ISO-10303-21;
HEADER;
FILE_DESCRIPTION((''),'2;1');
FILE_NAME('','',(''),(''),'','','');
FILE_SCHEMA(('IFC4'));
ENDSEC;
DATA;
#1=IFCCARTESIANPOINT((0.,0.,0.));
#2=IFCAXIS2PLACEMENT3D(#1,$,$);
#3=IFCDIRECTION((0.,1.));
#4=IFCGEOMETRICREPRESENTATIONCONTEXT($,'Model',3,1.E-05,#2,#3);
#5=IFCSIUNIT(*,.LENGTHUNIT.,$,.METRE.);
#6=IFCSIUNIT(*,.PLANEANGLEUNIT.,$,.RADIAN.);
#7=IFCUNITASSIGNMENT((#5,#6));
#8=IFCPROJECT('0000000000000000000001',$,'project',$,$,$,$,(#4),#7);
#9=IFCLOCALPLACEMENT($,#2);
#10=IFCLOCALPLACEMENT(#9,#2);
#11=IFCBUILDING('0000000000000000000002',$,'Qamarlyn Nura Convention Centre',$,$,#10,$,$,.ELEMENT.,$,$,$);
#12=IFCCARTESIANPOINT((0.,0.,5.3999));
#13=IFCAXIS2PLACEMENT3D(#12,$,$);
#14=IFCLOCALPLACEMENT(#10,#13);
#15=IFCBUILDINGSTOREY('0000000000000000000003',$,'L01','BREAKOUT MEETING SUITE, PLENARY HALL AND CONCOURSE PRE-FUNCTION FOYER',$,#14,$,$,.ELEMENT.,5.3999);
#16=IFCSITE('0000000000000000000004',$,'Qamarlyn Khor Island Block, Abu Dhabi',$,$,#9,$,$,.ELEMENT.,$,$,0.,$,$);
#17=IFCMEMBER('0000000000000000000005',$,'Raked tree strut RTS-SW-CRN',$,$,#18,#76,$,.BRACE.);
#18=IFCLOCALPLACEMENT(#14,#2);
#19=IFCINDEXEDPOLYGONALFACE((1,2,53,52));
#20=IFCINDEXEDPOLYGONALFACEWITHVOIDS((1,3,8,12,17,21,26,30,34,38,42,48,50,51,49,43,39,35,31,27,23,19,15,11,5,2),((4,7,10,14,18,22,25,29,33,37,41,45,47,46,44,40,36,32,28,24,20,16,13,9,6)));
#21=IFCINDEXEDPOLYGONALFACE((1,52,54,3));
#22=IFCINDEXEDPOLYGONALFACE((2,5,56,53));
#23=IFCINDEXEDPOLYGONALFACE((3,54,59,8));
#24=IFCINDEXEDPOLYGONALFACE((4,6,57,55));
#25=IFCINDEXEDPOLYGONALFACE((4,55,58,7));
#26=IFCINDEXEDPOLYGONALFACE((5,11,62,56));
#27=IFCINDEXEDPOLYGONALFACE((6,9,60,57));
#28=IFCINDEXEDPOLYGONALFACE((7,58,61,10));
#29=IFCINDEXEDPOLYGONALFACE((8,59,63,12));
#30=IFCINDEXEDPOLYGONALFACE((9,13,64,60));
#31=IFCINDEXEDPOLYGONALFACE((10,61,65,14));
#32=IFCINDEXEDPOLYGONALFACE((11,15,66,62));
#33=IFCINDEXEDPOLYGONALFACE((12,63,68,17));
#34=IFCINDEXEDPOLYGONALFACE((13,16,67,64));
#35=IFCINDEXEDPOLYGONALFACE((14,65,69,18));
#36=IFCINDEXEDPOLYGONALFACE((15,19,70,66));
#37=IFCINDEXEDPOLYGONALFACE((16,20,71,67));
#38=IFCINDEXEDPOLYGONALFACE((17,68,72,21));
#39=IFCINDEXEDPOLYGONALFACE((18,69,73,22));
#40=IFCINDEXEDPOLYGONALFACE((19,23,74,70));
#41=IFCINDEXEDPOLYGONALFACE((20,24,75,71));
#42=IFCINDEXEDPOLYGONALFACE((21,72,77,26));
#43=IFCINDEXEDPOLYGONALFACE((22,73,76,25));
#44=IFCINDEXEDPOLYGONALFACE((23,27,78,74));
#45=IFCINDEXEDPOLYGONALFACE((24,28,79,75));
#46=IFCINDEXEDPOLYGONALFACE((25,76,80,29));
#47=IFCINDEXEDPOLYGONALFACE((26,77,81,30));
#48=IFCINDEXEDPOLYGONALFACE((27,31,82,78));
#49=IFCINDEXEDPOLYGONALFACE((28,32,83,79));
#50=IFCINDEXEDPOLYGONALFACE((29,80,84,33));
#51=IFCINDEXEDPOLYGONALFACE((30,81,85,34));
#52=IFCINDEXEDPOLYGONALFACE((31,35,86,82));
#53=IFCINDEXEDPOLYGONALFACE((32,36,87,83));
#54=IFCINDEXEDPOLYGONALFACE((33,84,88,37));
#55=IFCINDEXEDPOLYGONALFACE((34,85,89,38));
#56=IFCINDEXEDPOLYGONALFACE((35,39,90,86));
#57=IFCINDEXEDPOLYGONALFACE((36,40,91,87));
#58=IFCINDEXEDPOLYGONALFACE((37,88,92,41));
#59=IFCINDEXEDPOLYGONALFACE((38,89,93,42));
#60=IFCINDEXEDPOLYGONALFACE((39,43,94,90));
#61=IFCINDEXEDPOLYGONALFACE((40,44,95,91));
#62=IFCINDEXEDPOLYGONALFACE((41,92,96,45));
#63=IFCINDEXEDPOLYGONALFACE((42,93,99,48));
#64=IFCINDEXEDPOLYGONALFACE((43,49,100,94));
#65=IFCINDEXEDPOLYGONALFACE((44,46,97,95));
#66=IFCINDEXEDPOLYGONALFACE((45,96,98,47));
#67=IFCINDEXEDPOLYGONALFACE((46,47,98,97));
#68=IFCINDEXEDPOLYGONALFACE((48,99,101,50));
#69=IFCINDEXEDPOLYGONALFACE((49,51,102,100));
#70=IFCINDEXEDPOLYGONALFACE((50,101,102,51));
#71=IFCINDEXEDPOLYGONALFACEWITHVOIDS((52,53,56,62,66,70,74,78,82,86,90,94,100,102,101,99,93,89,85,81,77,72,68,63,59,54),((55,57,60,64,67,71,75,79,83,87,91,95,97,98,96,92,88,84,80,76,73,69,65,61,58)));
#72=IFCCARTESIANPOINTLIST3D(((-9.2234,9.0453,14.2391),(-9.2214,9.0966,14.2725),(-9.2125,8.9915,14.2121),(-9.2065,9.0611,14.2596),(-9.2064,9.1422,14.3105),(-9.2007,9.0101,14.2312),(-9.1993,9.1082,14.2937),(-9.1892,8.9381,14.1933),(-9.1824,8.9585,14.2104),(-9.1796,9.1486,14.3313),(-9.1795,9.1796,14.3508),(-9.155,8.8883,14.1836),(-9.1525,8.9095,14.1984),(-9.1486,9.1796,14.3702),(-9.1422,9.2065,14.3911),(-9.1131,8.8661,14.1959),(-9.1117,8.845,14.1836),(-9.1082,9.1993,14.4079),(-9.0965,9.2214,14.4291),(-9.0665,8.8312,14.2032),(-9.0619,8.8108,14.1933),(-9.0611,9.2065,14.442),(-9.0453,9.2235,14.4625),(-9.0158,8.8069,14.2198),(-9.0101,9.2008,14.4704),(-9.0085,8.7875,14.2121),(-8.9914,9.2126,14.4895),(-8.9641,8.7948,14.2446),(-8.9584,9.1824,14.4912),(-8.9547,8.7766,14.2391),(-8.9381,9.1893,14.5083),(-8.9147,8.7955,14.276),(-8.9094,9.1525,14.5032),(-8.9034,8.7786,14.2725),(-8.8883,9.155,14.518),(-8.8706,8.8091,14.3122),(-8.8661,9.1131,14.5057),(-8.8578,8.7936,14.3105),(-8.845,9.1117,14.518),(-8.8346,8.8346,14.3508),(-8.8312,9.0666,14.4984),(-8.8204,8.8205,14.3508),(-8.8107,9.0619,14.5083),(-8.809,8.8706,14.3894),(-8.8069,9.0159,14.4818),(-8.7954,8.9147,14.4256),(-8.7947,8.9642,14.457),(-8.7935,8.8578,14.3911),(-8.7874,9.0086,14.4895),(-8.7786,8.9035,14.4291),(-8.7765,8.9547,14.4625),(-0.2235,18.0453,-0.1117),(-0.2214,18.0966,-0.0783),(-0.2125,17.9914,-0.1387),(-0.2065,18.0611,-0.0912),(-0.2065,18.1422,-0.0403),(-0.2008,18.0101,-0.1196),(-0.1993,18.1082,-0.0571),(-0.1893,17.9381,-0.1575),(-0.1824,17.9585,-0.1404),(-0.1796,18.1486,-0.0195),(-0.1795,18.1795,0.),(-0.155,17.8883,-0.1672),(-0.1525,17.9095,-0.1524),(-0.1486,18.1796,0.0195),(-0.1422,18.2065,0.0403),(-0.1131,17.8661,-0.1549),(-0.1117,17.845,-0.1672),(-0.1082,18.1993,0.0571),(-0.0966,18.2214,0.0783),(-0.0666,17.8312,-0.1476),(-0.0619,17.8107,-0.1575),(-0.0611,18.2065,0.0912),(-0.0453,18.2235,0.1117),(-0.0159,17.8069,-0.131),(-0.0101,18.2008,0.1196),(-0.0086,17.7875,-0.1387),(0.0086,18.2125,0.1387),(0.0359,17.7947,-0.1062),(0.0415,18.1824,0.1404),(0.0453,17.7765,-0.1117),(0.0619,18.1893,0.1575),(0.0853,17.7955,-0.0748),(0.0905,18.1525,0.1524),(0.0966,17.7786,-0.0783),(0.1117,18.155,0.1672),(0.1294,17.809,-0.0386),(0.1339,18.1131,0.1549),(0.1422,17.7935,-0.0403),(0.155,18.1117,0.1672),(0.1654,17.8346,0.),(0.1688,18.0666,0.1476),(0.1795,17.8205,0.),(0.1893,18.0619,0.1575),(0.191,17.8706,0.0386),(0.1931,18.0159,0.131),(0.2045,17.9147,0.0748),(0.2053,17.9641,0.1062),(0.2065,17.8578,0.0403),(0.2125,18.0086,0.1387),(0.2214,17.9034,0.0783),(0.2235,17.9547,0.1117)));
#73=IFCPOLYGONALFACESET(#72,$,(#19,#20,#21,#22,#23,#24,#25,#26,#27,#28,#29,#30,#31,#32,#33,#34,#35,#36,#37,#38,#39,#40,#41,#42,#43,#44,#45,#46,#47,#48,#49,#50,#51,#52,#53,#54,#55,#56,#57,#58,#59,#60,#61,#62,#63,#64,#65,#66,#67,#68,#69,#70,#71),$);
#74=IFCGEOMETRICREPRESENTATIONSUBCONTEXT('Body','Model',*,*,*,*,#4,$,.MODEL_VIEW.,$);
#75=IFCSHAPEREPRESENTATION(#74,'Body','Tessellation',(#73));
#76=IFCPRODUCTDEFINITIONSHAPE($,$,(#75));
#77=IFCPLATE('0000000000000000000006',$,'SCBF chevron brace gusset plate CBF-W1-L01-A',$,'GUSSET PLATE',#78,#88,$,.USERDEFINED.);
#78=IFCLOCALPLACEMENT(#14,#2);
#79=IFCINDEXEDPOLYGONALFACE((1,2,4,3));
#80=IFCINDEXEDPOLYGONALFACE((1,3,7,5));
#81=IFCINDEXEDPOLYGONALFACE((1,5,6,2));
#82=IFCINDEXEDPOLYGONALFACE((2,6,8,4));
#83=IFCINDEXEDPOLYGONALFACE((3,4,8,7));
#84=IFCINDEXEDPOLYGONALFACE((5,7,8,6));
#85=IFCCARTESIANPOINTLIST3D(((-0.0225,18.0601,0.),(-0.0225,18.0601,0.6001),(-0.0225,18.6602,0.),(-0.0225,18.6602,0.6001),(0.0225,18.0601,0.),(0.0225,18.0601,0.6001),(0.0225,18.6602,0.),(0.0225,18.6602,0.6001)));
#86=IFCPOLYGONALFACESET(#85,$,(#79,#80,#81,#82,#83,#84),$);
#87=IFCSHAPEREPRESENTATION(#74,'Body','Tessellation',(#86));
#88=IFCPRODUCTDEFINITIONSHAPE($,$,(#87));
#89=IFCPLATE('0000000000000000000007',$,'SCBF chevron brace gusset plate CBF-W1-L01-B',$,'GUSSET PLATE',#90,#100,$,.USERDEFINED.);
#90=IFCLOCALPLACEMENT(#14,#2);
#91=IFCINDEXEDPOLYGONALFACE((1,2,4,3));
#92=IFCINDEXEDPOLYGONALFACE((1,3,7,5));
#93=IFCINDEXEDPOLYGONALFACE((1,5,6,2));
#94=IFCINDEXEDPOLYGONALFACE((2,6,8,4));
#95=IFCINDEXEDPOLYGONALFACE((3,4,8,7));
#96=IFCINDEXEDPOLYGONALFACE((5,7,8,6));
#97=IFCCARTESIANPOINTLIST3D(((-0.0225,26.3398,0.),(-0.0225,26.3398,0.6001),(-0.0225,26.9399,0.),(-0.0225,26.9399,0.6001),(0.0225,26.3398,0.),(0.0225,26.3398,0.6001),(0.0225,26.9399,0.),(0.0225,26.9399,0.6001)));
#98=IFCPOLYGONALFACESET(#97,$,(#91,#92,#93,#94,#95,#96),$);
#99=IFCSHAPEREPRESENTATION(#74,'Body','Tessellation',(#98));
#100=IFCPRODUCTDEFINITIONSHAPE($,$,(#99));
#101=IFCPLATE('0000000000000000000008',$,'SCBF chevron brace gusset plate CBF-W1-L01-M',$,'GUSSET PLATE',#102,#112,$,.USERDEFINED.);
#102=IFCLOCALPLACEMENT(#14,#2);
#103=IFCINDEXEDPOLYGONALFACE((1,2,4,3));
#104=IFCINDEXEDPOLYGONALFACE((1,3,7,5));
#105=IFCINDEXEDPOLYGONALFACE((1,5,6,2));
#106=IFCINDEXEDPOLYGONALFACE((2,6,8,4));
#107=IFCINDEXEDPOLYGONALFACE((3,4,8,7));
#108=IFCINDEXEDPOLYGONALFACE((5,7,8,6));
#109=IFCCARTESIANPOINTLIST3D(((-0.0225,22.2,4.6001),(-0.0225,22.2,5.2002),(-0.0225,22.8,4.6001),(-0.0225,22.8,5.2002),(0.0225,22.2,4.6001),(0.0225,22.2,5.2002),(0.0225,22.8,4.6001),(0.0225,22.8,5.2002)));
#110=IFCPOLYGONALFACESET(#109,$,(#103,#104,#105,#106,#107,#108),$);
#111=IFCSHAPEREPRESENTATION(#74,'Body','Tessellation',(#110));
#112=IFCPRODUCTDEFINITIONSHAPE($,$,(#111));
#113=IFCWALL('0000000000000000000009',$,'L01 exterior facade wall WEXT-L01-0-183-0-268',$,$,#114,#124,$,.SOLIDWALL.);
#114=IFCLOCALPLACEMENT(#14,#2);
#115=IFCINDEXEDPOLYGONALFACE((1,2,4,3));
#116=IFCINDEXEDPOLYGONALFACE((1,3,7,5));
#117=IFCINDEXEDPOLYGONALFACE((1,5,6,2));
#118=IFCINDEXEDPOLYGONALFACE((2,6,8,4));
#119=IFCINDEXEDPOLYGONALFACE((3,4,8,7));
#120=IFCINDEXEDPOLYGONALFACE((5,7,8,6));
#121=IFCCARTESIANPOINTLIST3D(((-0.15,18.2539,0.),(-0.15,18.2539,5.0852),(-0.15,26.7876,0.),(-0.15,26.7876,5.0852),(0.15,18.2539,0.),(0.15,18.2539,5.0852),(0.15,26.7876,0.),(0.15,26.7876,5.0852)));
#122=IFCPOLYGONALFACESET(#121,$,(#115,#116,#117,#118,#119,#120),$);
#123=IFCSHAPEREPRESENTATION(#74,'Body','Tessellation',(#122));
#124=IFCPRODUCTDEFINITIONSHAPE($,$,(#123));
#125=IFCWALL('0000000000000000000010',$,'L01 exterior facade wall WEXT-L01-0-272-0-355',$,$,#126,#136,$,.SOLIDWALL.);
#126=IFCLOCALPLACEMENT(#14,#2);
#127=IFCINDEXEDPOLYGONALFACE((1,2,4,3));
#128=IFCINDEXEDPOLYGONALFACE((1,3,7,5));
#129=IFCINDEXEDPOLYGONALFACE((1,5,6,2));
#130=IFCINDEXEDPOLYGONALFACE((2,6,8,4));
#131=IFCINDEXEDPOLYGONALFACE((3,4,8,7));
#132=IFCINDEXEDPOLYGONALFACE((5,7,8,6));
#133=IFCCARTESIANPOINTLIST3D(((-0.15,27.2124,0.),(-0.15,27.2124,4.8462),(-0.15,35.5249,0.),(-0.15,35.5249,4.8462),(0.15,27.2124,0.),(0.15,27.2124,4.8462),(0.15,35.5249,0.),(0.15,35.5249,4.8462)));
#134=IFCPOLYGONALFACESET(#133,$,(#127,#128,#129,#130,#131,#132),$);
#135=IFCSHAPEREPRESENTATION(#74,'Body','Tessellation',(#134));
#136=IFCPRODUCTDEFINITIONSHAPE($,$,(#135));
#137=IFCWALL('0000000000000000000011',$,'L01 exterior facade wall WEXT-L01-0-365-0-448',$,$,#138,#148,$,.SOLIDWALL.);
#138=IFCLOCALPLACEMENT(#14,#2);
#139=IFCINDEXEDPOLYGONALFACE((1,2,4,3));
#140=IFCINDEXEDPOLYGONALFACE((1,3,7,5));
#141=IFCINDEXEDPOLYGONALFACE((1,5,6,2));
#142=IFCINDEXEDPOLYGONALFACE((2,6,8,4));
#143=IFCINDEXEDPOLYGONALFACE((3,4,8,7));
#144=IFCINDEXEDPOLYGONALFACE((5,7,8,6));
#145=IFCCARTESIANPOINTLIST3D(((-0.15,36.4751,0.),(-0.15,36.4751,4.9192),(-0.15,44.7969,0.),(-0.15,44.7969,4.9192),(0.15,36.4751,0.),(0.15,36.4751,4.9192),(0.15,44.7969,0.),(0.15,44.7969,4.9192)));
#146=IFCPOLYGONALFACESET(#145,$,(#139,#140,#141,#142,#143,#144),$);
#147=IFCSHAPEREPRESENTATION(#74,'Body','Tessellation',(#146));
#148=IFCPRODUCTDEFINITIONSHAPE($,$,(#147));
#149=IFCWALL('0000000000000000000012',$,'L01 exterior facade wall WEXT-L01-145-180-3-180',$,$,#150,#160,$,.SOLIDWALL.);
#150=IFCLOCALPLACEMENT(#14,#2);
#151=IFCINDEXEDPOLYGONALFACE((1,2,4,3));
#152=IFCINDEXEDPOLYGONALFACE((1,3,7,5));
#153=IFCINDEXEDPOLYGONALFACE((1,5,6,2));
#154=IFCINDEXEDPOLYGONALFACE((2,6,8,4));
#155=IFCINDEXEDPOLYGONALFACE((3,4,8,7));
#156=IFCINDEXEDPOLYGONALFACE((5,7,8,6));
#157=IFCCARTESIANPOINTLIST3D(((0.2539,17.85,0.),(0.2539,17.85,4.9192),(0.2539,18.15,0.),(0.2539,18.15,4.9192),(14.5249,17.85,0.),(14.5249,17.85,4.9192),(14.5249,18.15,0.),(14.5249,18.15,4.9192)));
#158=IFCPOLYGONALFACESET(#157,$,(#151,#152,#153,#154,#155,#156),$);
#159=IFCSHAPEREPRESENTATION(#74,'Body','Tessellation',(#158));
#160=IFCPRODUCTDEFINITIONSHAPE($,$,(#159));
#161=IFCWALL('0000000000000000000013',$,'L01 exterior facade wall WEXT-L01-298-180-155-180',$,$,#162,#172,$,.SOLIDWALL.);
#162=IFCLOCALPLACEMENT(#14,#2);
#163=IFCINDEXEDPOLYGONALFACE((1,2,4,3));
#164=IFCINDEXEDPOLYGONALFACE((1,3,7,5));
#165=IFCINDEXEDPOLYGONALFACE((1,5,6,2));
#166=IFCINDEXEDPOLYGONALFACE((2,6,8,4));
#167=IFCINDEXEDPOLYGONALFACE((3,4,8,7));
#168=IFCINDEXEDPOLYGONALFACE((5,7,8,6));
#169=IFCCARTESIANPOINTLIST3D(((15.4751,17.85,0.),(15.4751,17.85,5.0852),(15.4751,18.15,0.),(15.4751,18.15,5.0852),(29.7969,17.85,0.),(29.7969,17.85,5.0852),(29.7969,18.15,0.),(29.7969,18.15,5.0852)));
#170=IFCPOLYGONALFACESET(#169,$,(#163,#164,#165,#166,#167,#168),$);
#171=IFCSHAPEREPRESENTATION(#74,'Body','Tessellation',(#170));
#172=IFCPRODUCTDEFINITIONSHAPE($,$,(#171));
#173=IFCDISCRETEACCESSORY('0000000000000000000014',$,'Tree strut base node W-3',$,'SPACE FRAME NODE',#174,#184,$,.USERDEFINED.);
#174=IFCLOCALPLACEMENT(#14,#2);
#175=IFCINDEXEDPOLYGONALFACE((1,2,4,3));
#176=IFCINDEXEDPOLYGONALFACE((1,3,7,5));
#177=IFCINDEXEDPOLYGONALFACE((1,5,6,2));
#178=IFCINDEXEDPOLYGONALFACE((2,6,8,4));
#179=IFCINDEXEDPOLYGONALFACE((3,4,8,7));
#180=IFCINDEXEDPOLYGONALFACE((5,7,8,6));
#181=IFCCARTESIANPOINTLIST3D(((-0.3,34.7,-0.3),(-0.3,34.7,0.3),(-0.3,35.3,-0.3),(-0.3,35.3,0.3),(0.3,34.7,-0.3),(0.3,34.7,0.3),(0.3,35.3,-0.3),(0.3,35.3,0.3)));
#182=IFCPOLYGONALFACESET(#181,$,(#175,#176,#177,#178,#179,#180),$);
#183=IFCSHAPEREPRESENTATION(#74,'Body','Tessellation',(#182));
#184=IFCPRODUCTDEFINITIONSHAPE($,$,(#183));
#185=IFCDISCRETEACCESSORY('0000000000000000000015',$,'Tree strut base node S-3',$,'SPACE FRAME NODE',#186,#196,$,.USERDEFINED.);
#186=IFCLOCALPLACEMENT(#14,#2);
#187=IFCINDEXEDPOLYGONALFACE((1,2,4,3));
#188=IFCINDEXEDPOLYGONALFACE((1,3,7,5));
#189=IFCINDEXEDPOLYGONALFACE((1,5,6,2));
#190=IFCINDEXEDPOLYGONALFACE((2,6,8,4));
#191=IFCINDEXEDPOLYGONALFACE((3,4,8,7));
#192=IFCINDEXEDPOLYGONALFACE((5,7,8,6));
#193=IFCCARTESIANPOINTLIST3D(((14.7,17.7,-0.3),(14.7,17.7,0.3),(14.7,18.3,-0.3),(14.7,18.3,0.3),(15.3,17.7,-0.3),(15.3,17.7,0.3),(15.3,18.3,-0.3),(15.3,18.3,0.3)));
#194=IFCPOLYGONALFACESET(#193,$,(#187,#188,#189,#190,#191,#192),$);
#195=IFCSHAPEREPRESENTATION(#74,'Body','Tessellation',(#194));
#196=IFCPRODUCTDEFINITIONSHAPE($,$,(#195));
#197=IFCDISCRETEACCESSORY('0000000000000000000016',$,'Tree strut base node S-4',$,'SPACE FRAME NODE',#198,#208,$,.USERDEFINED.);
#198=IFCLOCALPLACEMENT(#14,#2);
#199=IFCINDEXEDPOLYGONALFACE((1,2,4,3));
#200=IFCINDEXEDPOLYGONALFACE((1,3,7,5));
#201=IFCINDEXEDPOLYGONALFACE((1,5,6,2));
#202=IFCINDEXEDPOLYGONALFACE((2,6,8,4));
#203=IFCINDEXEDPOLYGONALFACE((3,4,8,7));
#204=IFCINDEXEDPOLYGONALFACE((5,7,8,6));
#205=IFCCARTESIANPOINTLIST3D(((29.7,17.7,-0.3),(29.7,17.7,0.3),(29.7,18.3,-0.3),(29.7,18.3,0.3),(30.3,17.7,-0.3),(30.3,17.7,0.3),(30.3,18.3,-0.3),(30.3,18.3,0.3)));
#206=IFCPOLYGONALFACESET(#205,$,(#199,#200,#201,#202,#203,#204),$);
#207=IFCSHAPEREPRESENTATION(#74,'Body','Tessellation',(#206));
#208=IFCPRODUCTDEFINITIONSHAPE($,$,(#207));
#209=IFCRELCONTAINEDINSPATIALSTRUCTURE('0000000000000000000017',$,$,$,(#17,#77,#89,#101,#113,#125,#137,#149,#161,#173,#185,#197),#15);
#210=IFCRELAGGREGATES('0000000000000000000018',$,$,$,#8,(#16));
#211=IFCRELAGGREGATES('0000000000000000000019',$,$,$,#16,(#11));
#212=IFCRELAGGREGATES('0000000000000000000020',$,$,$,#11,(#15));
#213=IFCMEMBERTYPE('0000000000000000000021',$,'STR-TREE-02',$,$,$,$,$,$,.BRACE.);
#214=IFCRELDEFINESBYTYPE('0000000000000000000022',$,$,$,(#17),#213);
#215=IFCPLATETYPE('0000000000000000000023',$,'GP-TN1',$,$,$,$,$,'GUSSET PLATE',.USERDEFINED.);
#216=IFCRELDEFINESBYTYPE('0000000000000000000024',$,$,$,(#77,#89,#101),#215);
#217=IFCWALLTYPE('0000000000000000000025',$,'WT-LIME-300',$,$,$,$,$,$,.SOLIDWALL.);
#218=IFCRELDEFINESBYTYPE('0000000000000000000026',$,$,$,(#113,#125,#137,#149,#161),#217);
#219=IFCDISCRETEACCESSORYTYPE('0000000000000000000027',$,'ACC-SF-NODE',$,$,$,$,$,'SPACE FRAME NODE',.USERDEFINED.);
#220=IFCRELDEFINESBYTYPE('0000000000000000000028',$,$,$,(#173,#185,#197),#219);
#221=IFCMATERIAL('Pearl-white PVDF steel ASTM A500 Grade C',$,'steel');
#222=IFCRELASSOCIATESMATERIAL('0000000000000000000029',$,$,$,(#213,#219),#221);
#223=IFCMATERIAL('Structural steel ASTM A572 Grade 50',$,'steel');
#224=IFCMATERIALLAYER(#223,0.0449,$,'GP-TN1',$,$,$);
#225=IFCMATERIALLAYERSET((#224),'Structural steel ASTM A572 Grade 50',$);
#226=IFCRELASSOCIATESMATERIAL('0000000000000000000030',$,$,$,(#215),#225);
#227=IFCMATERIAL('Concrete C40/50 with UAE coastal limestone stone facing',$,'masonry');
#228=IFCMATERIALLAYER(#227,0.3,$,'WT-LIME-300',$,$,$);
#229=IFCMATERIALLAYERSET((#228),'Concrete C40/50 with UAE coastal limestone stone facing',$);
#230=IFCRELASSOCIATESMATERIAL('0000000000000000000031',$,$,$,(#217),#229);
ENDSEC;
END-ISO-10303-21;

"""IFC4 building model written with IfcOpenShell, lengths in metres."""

from ifc_helpers import new_model, si_unit, direction, frame, frame_2d, origin, origin_2d, place, context, subcontext, project, spatial, rectangle, hollow_circle, extrude, material, layer, layer_set, material_profile, profile_set, type_object, element, save


model = new_model("IFC4")

# Units and contexts
model_context = context("Model", 3, precision=1e-05, world=origin(), true_north=direction((0.0, 1.0)))
body_context = subcontext(model_context, "Body", "Model", "MODEL_VIEW")
ifc_project = project(units=[si_unit("LENGTHUNIT", "METRE"), si_unit("PLANEANGLEUNIT", "RADIAN")], contexts=[model_context])

# Site, building, storey
site_placement = place(None, origin())
site = spatial("IfcSite", under=ifc_project, at=site_placement, Name="Qamarlyn Khor Island Block, Abu Dhabi", CompositionType="ELEMENT", RefElevation=0.0)
building_placement = place(site_placement, origin())
building = spatial("IfcBuilding", under=site, at=building_placement, Name="Qamarlyn Nura Convention Centre", CompositionType="ELEMENT")
storey_placement = place(building_placement, frame((0.0, 0.0, 5.3999)))
storey = spatial("IfcBuildingStorey", under=building, at=storey_placement, Name="L01", Description="BREAKOUT MEETING SUITE, PLENARY HALL AND CONCOURSE PRE-FUNCTION FOYER", CompositionType="ELEMENT", Elevation=5.3999)

# Shared definitions
ifc_material_1 = material(Name="Pearl-white PVDF steel ASTM A500 Grade C", Category="steel")

# Member
ifc_material_profile_1 = material_profile(ifc_material_1, hollow_circle(Radius=0.2539, WallThickness=0.02, at=origin_2d()), Name="CHS508X20")
ifc_profile_set_1 = profile_set([ifc_material_profile_1], Name="Pearl-white PVDF steel ASTM A500 Grade C")
member_type_1 = type_object("IfcMemberType", Name="STR-TREE-02", PredefinedType="BRACE", material=ifc_profile_set_1)
member_1_placement = place(storey_placement, frame((0.0, 18.0, 0.0), z_axis=(-0.469192, -0.469192, 0.748143), x_axis=(0.707107, -0.707107, 0.0)))
element("IfcMember", 1, at=member_1_placement, inside=storey, type_object=member_type_1, Name="Raked tree strut RTS-SW-CRN", PredefinedType="BRACE", context=body_context, shape_type="SweptSolid", body=[
    extrude(hollow_circle(Radius=0.2539, WallThickness=0.02, at=origin_2d()), origin(), (0.0, 0.0, 1.0), 19.1819),
])

# Plates
ifc_material_2 = material(Name="Structural steel ASTM A572 Grade 50", Category="steel")
ifc_layer_1 = layer(ifc_material_2, 0.0449, Name="GP-TN1")
ifc_layer_set_1 = layer_set([ifc_layer_1], Name="Structural steel ASTM A572 Grade 50")
plate_type = type_object("IfcPlateType", Name="GP-TN1", ElementType="GUSSET PLATE", PredefinedType="USERDEFINED", material=ifc_layer_set_1)
for number, where, z_axis, x_axis, name in (
    (2, (0.0, 18.3601, 0.0), (0.0, 0.0, 1.0), (0.0, 1.0, 0.0), "SCBF chevron brace gusset plate CBF-W1-L01-A"),
    (3, (0.0, 26.6399, 0.0), (0.0, 0.0, 1.0), (0.0, 1.0, 0.0), "SCBF chevron brace gusset plate CBF-W1-L01-B"),
    (4, (0.0, 22.5, 4.6001), (0.0, 0.0, 1.0), (0.0, 1.0, 0.0), "SCBF chevron brace gusset plate CBF-W1-L01-M"),
):
    element("IfcPlate", number, at=place(storey_placement, frame(where, z_axis=z_axis, x_axis=x_axis)), inside=storey, type_object=plate_type, Name=name, ObjectType="GUSSET PLATE", PredefinedType="USERDEFINED", context=body_context, shape_type="SweptSolid", body=[
        extrude(rectangle(XDim=0.6001, YDim=0.0449, at=origin_2d()), origin(), (0.0, 0.0, 1.0), 0.6001),
    ])

# Walls
ifc_material_3 = material(Name="Concrete C40/50 with UAE coastal limestone stone facing", Category="masonry")
ifc_layer_2 = layer(ifc_material_3, 0.3, Name="WT-LIME-300")
ifc_layer_set_2 = layer_set([ifc_layer_2], Name="Concrete C40/50 with UAE coastal limestone stone facing")
wall_type = type_object("IfcWallType", Name="WT-LIME-300", PredefinedType="SOLIDWALL", material=ifc_layer_set_2)
wall_1_placement = place(storey_placement, frame((0.0, 18.2539, 0.0), z_axis=(0.0, 0.0, 1.0), x_axis=(0.0, 1.0, 0.0)))
element("IfcWall", 5, at=wall_1_placement, inside=storey, type_object=wall_type, Name="L01 exterior facade wall WEXT-L01-0-183-0-268", PredefinedType="SOLIDWALL", context=body_context, shape_type="SweptSolid", body=[
    extrude(rectangle(XDim=8.5337, YDim=0.3, at=frame_2d((4.2668, 0.0))), origin(), (0.0, 0.0, 1.0), 5.0852),
])
wall_2_placement = place(storey_placement, frame((0.0, 27.2124, 0.0), z_axis=(0.0, 0.0, 1.0), x_axis=(0.0, 1.0, 0.0)))
element("IfcWall", 6, at=wall_2_placement, inside=storey, type_object=wall_type, Name="L01 exterior facade wall WEXT-L01-0-272-0-355", PredefinedType="SOLIDWALL", context=body_context, shape_type="SweptSolid", body=[
    extrude(rectangle(XDim=8.3125, YDim=0.3, at=frame_2d((4.1562, 0.0))), origin(), (0.0, 0.0, 1.0), 4.8462),
])
wall_3_placement = place(storey_placement, frame((0.0, 36.4751, 0.0), z_axis=(0.0, 0.0, 1.0), x_axis=(0.0, 1.0, 0.0)))
element("IfcWall", 7, at=wall_3_placement, inside=storey, type_object=wall_type, Name="L01 exterior facade wall WEXT-L01-0-365-0-448", PredefinedType="SOLIDWALL", context=body_context, shape_type="SweptSolid", body=[
    extrude(rectangle(XDim=8.3218, YDim=0.3, at=frame_2d((4.1609, 0.0))), origin(), (0.0, 0.0, 1.0), 4.9192),
])
wall_4_placement = place(storey_placement, frame((14.5249, 18.0, 0.0), z_axis=(0.0, 0.0, 1.0), x_axis=(-1.0, 0.0, 0.0)))
element("IfcWall", 8, at=wall_4_placement, inside=storey, type_object=wall_type, Name="L01 exterior facade wall WEXT-L01-145-180-3-180", PredefinedType="SOLIDWALL", context=body_context, shape_type="SweptSolid", body=[
    extrude(rectangle(XDim=14.271, YDim=0.3, at=frame_2d((7.1355, 0.0))), origin(), (0.0, 0.0, 1.0), 4.9192),
])
wall_5_placement = place(storey_placement, frame((29.7969, 18.0, 0.0), z_axis=(0.0, 0.0, 1.0), x_axis=(-1.0, 0.0, 0.0)))
element("IfcWall", 9, at=wall_5_placement, inside=storey, type_object=wall_type, Name="L01 exterior facade wall WEXT-L01-298-180-155-180", PredefinedType="SOLIDWALL", context=body_context, shape_type="SweptSolid", body=[
    extrude(rectangle(XDim=14.3218, YDim=0.3, at=frame_2d((7.1609, 0.0))), origin(), (0.0, 0.0, 1.0), 5.0852),
])

# Discrete accessories
discrete_accessory_type_1 = type_object("IfcDiscreteAccessoryType", Name="ACC-SF-NODE", ElementType="SPACE FRAME NODE", PredefinedType="USERDEFINED", material=ifc_material_1)
for number, where, z_axis, x_axis, name in (
    (10, (0.0, 35.0, -0.3), (0.0, 0.0, 1.0), (1.0, 0.0, 0.0), "Tree strut base node W-3"),
    (11, (15.0, 18.0, -0.3), (0.0, 0.0, 1.0), (1.0, 0.0, 0.0), "Tree strut base node S-3"),
    (12, (30.0, 18.0, -0.3), (0.0, 0.0, 1.0), (1.0, 0.0, 0.0), "Tree strut base node S-4"),
):
    element("IfcDiscreteAccessory", number, at=place(storey_placement, frame(where, z_axis=z_axis, x_axis=x_axis)), inside=storey, type_object=discrete_accessory_type_1, Name=name, ObjectType="SPACE FRAME NODE", PredefinedType="USERDEFINED", context=body_context, shape_type="SweptSolid", body=[
        extrude(rectangle(XDim=0.6001, YDim=0.6001, at=origin_2d()), origin(), (0.0, 0.0, 1.0), 0.6001),
    ])

save(model, "model.ifc")
